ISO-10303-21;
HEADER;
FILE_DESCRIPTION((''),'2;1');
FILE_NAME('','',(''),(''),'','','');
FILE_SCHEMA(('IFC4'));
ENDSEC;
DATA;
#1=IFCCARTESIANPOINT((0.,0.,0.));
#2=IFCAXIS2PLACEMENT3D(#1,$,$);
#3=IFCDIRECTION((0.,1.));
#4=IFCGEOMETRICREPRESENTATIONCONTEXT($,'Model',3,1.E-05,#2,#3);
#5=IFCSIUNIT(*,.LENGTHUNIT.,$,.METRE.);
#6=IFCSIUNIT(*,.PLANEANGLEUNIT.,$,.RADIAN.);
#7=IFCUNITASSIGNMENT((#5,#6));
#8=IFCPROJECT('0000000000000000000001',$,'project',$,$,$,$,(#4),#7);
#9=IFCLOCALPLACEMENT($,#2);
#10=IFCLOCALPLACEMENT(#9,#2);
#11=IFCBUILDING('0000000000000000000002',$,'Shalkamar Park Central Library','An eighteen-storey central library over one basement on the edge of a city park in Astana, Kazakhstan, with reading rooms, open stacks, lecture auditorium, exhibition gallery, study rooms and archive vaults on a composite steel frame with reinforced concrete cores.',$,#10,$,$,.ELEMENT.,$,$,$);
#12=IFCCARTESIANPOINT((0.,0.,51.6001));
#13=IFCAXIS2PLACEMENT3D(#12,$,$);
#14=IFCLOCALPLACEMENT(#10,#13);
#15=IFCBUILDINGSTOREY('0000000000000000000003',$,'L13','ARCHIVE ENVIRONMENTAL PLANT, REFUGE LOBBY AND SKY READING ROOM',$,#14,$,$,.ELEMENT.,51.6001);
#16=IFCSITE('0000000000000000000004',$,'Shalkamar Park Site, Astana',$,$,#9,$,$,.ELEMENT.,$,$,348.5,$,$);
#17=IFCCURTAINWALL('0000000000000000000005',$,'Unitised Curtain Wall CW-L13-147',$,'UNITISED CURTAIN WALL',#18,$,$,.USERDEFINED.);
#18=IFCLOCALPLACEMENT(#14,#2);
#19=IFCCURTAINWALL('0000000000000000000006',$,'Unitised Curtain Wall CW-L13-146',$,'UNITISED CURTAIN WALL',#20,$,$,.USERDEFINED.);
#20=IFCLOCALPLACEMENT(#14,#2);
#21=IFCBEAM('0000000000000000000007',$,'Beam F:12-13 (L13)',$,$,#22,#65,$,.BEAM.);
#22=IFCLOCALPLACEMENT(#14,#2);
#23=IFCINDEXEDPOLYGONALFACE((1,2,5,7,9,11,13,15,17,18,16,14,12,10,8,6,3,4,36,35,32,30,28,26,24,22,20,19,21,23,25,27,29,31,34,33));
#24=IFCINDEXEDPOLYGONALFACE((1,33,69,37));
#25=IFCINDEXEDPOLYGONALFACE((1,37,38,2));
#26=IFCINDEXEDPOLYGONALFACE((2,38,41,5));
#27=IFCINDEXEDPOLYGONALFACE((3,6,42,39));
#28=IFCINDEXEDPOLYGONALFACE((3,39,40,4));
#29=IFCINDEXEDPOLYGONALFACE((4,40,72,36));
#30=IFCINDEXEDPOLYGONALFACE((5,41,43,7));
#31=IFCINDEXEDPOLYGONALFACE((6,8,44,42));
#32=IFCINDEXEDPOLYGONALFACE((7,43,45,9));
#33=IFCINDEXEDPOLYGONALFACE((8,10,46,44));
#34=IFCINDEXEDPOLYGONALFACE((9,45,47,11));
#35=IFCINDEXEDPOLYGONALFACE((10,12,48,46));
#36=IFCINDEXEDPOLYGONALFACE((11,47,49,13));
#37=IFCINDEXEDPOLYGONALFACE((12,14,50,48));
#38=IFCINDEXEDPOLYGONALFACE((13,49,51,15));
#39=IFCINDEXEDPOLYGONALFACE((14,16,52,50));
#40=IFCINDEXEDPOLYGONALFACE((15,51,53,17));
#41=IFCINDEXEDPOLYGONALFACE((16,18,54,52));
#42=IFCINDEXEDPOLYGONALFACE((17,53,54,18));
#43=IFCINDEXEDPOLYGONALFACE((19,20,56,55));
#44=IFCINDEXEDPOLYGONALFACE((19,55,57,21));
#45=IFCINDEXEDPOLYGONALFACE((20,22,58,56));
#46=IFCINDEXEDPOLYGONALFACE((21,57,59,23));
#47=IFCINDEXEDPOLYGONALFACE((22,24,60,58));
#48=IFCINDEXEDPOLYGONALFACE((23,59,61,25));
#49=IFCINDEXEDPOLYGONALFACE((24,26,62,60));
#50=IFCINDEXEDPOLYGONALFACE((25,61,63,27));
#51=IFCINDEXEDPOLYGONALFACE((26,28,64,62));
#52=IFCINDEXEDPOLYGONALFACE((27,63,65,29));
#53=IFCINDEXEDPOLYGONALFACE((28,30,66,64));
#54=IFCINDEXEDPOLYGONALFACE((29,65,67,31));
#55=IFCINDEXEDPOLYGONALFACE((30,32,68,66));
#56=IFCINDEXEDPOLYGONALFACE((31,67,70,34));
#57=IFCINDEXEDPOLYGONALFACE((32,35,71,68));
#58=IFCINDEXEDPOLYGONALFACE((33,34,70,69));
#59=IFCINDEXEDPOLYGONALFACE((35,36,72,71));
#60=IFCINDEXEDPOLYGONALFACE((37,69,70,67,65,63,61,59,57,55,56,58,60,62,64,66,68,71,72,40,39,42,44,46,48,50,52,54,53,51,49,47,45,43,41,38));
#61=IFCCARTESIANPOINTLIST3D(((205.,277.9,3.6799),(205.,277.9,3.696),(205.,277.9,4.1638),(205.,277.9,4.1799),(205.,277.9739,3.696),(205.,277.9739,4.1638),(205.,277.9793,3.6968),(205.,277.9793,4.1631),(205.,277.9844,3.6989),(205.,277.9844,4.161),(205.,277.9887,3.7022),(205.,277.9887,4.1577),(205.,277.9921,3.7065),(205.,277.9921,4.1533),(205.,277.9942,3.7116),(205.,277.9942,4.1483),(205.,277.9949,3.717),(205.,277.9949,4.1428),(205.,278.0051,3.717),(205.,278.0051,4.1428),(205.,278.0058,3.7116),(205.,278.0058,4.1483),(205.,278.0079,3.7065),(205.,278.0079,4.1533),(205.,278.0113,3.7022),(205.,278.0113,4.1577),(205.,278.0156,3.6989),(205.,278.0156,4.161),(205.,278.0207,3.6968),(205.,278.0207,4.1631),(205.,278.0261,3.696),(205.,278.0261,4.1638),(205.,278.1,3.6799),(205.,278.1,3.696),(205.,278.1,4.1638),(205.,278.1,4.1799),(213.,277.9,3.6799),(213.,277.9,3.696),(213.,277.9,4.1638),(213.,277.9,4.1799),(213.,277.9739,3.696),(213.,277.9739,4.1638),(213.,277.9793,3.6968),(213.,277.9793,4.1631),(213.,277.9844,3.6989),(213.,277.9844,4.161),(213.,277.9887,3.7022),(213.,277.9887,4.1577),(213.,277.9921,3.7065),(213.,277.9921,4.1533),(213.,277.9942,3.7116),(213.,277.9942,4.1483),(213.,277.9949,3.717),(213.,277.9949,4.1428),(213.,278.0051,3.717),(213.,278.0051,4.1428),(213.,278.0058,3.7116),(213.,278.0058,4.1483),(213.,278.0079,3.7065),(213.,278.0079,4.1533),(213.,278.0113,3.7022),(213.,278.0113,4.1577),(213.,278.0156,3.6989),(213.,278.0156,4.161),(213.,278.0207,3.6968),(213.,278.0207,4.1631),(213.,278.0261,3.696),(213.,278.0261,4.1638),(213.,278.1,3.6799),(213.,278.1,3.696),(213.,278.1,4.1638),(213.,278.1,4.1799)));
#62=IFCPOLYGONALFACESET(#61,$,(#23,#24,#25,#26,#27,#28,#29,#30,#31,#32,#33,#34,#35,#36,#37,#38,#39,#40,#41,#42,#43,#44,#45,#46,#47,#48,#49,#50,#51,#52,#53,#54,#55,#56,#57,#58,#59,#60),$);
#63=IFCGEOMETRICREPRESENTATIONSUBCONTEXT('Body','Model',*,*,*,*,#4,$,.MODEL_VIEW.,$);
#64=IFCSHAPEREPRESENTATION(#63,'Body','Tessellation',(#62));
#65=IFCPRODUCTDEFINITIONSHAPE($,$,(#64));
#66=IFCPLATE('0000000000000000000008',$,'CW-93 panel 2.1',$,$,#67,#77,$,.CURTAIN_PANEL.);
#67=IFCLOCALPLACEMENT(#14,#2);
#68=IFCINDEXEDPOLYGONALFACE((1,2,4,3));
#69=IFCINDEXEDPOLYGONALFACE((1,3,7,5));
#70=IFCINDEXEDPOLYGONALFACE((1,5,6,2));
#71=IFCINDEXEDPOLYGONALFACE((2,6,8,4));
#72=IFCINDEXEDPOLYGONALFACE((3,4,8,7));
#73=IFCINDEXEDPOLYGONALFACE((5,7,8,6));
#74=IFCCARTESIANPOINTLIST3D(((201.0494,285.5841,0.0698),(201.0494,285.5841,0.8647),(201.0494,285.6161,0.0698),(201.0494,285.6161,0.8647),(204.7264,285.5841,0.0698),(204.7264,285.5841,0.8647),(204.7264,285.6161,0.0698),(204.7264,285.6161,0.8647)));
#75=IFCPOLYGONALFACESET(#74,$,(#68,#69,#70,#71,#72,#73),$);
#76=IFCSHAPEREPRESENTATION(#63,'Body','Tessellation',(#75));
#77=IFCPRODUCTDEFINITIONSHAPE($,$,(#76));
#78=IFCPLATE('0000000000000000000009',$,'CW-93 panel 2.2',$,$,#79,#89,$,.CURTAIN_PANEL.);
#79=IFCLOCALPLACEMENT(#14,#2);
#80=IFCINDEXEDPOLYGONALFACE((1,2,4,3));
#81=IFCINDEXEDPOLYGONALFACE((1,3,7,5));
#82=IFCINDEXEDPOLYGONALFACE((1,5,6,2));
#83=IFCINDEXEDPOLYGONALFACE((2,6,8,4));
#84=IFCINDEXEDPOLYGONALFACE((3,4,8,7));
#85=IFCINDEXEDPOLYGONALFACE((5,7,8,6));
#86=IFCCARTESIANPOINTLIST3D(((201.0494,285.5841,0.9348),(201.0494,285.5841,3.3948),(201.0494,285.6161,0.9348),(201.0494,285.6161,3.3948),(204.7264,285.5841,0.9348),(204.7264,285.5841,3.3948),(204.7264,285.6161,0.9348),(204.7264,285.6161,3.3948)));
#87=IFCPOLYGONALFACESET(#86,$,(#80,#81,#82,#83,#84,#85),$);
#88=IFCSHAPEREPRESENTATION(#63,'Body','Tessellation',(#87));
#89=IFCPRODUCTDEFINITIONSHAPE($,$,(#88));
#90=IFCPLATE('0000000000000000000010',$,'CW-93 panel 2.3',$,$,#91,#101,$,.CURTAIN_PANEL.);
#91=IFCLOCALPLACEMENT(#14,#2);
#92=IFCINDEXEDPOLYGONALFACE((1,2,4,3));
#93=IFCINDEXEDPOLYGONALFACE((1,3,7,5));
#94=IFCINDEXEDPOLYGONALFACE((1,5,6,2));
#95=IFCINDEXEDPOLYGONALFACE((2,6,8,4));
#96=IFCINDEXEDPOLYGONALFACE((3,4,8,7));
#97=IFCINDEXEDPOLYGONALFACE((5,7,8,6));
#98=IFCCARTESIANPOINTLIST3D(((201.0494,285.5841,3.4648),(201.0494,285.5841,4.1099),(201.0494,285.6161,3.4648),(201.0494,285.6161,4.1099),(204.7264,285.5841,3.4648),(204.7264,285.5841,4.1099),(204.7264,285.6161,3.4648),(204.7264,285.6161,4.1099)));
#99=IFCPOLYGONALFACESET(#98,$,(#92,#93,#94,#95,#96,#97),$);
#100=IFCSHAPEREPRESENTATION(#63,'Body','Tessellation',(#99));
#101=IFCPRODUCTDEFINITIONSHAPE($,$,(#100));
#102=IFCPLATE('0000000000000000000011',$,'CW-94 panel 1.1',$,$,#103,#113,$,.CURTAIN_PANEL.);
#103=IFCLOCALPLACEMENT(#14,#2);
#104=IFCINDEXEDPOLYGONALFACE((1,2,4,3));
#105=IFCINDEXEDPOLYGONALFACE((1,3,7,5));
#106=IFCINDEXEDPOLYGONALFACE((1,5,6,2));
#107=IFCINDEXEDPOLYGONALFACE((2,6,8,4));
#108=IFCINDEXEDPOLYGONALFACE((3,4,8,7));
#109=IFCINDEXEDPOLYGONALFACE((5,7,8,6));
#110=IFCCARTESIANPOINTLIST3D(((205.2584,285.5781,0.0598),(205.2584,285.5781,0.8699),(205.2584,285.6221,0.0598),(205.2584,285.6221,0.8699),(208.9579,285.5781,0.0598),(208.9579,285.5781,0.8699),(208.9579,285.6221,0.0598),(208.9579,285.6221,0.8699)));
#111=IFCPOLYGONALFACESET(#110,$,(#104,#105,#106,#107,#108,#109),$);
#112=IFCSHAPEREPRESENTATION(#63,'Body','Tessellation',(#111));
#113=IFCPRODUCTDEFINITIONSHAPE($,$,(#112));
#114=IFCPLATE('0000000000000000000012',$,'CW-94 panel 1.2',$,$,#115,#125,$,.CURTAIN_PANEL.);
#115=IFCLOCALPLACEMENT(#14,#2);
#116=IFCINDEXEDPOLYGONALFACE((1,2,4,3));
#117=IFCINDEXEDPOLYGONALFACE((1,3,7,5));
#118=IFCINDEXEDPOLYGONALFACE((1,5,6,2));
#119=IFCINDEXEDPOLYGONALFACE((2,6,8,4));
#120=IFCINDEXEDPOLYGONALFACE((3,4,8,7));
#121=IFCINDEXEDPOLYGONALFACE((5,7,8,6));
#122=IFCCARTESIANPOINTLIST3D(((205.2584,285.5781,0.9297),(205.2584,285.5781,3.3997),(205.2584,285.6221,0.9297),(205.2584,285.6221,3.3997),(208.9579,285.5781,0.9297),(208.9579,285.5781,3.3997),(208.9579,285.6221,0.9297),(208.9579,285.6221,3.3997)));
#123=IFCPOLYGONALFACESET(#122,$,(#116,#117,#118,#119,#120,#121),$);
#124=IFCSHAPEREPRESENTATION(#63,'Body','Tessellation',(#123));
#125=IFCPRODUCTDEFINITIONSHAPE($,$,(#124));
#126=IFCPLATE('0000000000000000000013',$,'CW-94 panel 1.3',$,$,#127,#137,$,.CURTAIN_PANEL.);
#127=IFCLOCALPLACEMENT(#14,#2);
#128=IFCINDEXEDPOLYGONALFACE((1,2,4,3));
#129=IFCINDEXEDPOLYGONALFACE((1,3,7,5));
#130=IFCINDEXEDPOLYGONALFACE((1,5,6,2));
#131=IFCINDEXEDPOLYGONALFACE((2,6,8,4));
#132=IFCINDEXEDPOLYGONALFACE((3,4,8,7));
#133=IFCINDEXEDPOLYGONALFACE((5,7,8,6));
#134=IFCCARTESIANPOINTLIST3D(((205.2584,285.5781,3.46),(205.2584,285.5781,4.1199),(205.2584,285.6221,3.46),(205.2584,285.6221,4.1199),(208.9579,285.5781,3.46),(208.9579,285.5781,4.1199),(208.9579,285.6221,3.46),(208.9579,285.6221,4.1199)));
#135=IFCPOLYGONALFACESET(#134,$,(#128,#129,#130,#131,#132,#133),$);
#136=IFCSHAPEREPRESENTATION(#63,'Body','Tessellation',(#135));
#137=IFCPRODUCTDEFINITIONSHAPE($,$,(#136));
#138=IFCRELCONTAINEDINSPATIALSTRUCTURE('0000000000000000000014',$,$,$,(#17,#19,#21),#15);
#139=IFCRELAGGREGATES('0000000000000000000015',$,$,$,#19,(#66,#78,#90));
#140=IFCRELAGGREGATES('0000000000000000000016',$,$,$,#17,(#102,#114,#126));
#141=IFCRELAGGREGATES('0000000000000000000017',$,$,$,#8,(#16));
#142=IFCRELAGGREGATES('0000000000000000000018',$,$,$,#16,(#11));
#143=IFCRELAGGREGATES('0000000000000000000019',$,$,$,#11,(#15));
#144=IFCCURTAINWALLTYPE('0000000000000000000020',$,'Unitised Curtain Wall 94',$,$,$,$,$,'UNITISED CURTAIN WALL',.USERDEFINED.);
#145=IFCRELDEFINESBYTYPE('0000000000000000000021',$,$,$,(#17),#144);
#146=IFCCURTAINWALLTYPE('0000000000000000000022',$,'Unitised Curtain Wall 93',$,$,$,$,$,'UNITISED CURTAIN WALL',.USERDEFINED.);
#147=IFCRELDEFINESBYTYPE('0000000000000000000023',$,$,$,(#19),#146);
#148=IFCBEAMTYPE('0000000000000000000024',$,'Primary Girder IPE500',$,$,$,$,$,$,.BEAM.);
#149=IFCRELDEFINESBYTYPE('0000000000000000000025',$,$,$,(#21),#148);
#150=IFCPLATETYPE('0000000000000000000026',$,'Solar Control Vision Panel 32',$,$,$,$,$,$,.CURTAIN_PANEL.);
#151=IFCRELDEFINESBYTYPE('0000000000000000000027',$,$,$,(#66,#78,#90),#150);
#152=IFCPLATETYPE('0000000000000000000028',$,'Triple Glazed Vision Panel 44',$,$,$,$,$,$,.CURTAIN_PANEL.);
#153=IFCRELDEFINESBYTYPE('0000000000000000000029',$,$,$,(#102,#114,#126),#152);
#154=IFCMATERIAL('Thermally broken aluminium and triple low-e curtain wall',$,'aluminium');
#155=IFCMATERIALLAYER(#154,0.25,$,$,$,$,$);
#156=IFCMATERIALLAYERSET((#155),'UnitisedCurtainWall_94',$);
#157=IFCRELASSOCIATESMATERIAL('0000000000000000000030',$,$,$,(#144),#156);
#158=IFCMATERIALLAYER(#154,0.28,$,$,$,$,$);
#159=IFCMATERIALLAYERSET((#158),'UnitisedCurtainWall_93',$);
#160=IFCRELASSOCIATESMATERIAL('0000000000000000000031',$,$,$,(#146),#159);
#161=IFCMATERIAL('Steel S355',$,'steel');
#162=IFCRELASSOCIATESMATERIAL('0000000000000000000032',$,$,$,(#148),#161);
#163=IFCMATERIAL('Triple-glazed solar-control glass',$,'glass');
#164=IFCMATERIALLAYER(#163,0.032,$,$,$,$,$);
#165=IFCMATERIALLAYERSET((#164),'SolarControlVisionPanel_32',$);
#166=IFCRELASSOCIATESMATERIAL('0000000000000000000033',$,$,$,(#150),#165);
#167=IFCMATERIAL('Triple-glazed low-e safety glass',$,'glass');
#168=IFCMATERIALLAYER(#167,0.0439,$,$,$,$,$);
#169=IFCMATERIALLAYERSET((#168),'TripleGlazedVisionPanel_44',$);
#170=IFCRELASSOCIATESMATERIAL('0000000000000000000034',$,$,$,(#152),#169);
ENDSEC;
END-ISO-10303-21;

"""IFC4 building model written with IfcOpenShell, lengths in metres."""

from ifc_helpers import new_model, si_unit, direction, frame, origin, origin_2d, place, context, subcontext, project, spatial, rectangle, i_section, extrude, material, layer, layer_set, material_profile, profile_set, type_object, element, aggregate, save


model = new_model("IFC4")

# Units and contexts
model_context = context("Model", 3, precision=1e-05, world=origin(), true_north=direction((0.0, 1.0)))
body_context = subcontext(model_context, "Body", "Model", "MODEL_VIEW")
ifc_project = project(units=[si_unit("LENGTHUNIT", "METRE"), si_unit("PLANEANGLEUNIT", "RADIAN")], contexts=[model_context])

# Site, building, storey
site_placement = place(None, origin())
site = spatial("IfcSite", under=ifc_project, at=site_placement, Name="Shalkamar Park Site, Astana", CompositionType="ELEMENT", RefElevation=348.5)
building_placement = place(site_placement, origin())
building = spatial("IfcBuilding", under=site, at=building_placement, Name="Shalkamar Park Central Library", Description="An eighteen-storey central library over one basement on the edge of a city park in Astana, Kazakhstan, with reading rooms, open stacks, lecture auditorium, exhibition gallery, study rooms and archive vaults on a composite steel frame with reinforced concrete cores.", CompositionType="ELEMENT")
storey_placement = place(building_placement, frame((0.0, 0.0, 51.6001)))
storey = spatial("IfcBuildingStorey", under=building, at=storey_placement, Name="L13", Description="ARCHIVE ENVIRONMENTAL PLANT, REFUGE LOBBY AND SKY READING ROOM", CompositionType="ELEMENT", Elevation=51.6001)

# Shared definitions
ifc_material_1 = material(Name="Steel S355", Category="steel")

# Curtain walls
ifc_material_2 = material(Name="Thermally broken aluminium and triple low-e curtain wall", Category="aluminium")
ifc_layer_1 = layer(ifc_material_2, 0.25)
ifc_layer_set_1 = layer_set([ifc_layer_1], Name="UnitisedCurtainWall_94")
curtain_wall_type_1 = type_object("IfcCurtainWallType", Name="Unitised Curtain Wall 94", ElementType="UNITISED CURTAIN WALL", PredefinedType="USERDEFINED", material=ifc_layer_set_1)
curtain_wall_1_placement = place(storey_placement, origin())
curtain_wall_1 = element("IfcCurtainWall", 1, at=curtain_wall_1_placement, inside=storey, type_object=curtain_wall_type_1, Name="Unitised Curtain Wall CW-L13-147", ObjectType="UNITISED CURTAIN WALL", PredefinedType="USERDEFINED")
ifc_layer_2 = layer(ifc_material_2, 0.28)
ifc_layer_set_2 = layer_set([ifc_layer_2], Name="UnitisedCurtainWall_93")
curtain_wall_type_2 = type_object("IfcCurtainWallType", Name="Unitised Curtain Wall 93", ElementType="UNITISED CURTAIN WALL", PredefinedType="USERDEFINED", material=ifc_layer_set_2)
curtain_wall_2_placement = place(storey_placement, origin())
curtain_wall_2 = element("IfcCurtainWall", 2, at=curtain_wall_2_placement, inside=storey, type_object=curtain_wall_type_2, Name="Unitised Curtain Wall CW-L13-146", ObjectType="UNITISED CURTAIN WALL", PredefinedType="USERDEFINED")

# Beam
ifc_material_profile_1 = material_profile(ifc_material_1, i_section(OverallWidth=0.2, OverallDepth=0.5, WebThickness=0.0103, FlangeThickness=0.0161, FilletRadius=0.021, at=origin_2d()), Name="IPE 500")
ifc_profile_set_1 = profile_set([ifc_material_profile_1], Name="Steel S355")
beam_type_1 = type_object("IfcBeamType", Name="Primary Girder IPE500", PredefinedType="BEAM", material=ifc_profile_set_1)
beam_1_placement = place(storey_placement, frame((205.0, 278.0, 3.9299), z_axis=(1.0, 0.0, 0.0), x_axis=(0.0, 1.0, 0.0)))
element("IfcBeam", 3, at=beam_1_placement, inside=storey, type_object=beam_type_1, Name="Beam F:12-13 (L13)", PredefinedType="BEAM", context=body_context, shape_type="SweptSolid", body=[
    extrude(i_section(OverallWidth=0.2, OverallDepth=0.5, WebThickness=0.0103, FlangeThickness=0.0161, FilletRadius=0.021, at=origin_2d()), origin(), (0.0, 0.0, 1.0), 8.0),
])

# Plates
ifc_material_3 = material(Name="Triple-glazed solar-control glass", Category="glass")
ifc_layer_3 = layer(ifc_material_3, 0.032)
ifc_layer_set_3 = layer_set([ifc_layer_3], Name="SolarControlVisionPanel_32")
plate_type_1 = type_object("IfcPlateType", Name="Solar Control Vision Panel 32", PredefinedType="CURTAIN_PANEL", material=ifc_layer_set_3)
plate_1_placement = place(storey_placement, frame((202.8879, 285.6001, 0.0698), z_axis=(0.0, 0.0, 1.0), x_axis=(1.0, 0.0, 0.0)))
plate_1 = element("IfcPlate", 4, at=plate_1_placement, type_object=plate_type_1, Name="CW-93 panel 2.1", PredefinedType="CURTAIN_PANEL", context=body_context, shape_type="SweptSolid", body=[
    extrude(rectangle(XDim=3.677, YDim=0.032, at=origin_2d()), origin(), (0.0, 0.0, 1.0), 0.7949),
])
plate_2_placement = place(storey_placement, frame((202.8879, 285.6001, 0.9348), z_axis=(0.0, 0.0, 1.0), x_axis=(1.0, 0.0, 0.0)))
plate_2 = element("IfcPlate", 5, at=plate_2_placement, type_object=plate_type_1, Name="CW-93 panel 2.2", PredefinedType="CURTAIN_PANEL", context=body_context, shape_type="SweptSolid", body=[
    extrude(rectangle(XDim=3.677, YDim=0.032, at=origin_2d()), origin(), (0.0, 0.0, 1.0), 2.46),
])
plate_3_placement = place(storey_placement, frame((202.8879, 285.6001, 3.4648), z_axis=(0.0, 0.0, 1.0), x_axis=(1.0, 0.0, 0.0)))
plate_3 = element("IfcPlate", 6, at=plate_3_placement, type_object=plate_type_1, Name="CW-93 panel 2.3", PredefinedType="CURTAIN_PANEL", context=body_context, shape_type="SweptSolid", body=[
    extrude(rectangle(XDim=3.677, YDim=0.032, at=origin_2d()), origin(), (0.0, 0.0, 1.0), 0.645),
])
aggregate(curtain_wall_2, [plate_1, plate_2, plate_3])
ifc_material_4 = material(Name="Triple-glazed low-e safety glass", Category="glass")
ifc_layer_4 = layer(ifc_material_4, 0.0439)
ifc_layer_set_4 = layer_set([ifc_layer_4], Name="TripleGlazedVisionPanel_44")
plate_type_2 = type_object("IfcPlateType", Name="Triple Glazed Vision Panel 44", PredefinedType="CURTAIN_PANEL", material=ifc_layer_set_4)
plate_4_placement = place(storey_placement, frame((207.1082, 285.6001, 0.0598), z_axis=(0.0, 0.0, 1.0), x_axis=(1.0, 0.0, 0.0)))
plate_4 = element("IfcPlate", 7, at=plate_4_placement, type_object=plate_type_2, Name="CW-94 panel 1.1", PredefinedType="CURTAIN_PANEL", context=body_context, shape_type="SweptSolid", body=[
    extrude(rectangle(XDim=3.6995, YDim=0.0439, at=origin_2d()), origin(), (0.0, 0.0, 1.0), 0.8101),
])
plate_5_placement = place(storey_placement, frame((207.1082, 285.6001, 0.9297), z_axis=(0.0, 0.0, 1.0), x_axis=(1.0, 0.0, 0.0)))
plate_5 = element("IfcPlate", 8, at=plate_5_placement, type_object=plate_type_2, Name="CW-94 panel 1.2", PredefinedType="CURTAIN_PANEL", context=body_context, shape_type="SweptSolid", body=[
    extrude(rectangle(XDim=3.6995, YDim=0.0439, at=origin_2d()), origin(), (0.0, 0.0, 1.0), 2.47),
])
plate_6_placement = place(storey_placement, frame((207.1082, 285.6001, 3.46), z_axis=(0.0, 0.0, 1.0), x_axis=(1.0, 0.0, 0.0)))
plate_6 = element("IfcPlate", 9, at=plate_6_placement, type_object=plate_type_2, Name="CW-94 panel 1.3", PredefinedType="CURTAIN_PANEL", context=body_context, shape_type="SweptSolid", body=[
    extrude(rectangle(XDim=3.6995, YDim=0.0439, at=origin_2d()), origin(), (0.0, 0.0, 1.0), 0.6599),
])
aggregate(curtain_wall_1, [plate_4, plate_5, plate_6])

save(model, "model.ifc")
